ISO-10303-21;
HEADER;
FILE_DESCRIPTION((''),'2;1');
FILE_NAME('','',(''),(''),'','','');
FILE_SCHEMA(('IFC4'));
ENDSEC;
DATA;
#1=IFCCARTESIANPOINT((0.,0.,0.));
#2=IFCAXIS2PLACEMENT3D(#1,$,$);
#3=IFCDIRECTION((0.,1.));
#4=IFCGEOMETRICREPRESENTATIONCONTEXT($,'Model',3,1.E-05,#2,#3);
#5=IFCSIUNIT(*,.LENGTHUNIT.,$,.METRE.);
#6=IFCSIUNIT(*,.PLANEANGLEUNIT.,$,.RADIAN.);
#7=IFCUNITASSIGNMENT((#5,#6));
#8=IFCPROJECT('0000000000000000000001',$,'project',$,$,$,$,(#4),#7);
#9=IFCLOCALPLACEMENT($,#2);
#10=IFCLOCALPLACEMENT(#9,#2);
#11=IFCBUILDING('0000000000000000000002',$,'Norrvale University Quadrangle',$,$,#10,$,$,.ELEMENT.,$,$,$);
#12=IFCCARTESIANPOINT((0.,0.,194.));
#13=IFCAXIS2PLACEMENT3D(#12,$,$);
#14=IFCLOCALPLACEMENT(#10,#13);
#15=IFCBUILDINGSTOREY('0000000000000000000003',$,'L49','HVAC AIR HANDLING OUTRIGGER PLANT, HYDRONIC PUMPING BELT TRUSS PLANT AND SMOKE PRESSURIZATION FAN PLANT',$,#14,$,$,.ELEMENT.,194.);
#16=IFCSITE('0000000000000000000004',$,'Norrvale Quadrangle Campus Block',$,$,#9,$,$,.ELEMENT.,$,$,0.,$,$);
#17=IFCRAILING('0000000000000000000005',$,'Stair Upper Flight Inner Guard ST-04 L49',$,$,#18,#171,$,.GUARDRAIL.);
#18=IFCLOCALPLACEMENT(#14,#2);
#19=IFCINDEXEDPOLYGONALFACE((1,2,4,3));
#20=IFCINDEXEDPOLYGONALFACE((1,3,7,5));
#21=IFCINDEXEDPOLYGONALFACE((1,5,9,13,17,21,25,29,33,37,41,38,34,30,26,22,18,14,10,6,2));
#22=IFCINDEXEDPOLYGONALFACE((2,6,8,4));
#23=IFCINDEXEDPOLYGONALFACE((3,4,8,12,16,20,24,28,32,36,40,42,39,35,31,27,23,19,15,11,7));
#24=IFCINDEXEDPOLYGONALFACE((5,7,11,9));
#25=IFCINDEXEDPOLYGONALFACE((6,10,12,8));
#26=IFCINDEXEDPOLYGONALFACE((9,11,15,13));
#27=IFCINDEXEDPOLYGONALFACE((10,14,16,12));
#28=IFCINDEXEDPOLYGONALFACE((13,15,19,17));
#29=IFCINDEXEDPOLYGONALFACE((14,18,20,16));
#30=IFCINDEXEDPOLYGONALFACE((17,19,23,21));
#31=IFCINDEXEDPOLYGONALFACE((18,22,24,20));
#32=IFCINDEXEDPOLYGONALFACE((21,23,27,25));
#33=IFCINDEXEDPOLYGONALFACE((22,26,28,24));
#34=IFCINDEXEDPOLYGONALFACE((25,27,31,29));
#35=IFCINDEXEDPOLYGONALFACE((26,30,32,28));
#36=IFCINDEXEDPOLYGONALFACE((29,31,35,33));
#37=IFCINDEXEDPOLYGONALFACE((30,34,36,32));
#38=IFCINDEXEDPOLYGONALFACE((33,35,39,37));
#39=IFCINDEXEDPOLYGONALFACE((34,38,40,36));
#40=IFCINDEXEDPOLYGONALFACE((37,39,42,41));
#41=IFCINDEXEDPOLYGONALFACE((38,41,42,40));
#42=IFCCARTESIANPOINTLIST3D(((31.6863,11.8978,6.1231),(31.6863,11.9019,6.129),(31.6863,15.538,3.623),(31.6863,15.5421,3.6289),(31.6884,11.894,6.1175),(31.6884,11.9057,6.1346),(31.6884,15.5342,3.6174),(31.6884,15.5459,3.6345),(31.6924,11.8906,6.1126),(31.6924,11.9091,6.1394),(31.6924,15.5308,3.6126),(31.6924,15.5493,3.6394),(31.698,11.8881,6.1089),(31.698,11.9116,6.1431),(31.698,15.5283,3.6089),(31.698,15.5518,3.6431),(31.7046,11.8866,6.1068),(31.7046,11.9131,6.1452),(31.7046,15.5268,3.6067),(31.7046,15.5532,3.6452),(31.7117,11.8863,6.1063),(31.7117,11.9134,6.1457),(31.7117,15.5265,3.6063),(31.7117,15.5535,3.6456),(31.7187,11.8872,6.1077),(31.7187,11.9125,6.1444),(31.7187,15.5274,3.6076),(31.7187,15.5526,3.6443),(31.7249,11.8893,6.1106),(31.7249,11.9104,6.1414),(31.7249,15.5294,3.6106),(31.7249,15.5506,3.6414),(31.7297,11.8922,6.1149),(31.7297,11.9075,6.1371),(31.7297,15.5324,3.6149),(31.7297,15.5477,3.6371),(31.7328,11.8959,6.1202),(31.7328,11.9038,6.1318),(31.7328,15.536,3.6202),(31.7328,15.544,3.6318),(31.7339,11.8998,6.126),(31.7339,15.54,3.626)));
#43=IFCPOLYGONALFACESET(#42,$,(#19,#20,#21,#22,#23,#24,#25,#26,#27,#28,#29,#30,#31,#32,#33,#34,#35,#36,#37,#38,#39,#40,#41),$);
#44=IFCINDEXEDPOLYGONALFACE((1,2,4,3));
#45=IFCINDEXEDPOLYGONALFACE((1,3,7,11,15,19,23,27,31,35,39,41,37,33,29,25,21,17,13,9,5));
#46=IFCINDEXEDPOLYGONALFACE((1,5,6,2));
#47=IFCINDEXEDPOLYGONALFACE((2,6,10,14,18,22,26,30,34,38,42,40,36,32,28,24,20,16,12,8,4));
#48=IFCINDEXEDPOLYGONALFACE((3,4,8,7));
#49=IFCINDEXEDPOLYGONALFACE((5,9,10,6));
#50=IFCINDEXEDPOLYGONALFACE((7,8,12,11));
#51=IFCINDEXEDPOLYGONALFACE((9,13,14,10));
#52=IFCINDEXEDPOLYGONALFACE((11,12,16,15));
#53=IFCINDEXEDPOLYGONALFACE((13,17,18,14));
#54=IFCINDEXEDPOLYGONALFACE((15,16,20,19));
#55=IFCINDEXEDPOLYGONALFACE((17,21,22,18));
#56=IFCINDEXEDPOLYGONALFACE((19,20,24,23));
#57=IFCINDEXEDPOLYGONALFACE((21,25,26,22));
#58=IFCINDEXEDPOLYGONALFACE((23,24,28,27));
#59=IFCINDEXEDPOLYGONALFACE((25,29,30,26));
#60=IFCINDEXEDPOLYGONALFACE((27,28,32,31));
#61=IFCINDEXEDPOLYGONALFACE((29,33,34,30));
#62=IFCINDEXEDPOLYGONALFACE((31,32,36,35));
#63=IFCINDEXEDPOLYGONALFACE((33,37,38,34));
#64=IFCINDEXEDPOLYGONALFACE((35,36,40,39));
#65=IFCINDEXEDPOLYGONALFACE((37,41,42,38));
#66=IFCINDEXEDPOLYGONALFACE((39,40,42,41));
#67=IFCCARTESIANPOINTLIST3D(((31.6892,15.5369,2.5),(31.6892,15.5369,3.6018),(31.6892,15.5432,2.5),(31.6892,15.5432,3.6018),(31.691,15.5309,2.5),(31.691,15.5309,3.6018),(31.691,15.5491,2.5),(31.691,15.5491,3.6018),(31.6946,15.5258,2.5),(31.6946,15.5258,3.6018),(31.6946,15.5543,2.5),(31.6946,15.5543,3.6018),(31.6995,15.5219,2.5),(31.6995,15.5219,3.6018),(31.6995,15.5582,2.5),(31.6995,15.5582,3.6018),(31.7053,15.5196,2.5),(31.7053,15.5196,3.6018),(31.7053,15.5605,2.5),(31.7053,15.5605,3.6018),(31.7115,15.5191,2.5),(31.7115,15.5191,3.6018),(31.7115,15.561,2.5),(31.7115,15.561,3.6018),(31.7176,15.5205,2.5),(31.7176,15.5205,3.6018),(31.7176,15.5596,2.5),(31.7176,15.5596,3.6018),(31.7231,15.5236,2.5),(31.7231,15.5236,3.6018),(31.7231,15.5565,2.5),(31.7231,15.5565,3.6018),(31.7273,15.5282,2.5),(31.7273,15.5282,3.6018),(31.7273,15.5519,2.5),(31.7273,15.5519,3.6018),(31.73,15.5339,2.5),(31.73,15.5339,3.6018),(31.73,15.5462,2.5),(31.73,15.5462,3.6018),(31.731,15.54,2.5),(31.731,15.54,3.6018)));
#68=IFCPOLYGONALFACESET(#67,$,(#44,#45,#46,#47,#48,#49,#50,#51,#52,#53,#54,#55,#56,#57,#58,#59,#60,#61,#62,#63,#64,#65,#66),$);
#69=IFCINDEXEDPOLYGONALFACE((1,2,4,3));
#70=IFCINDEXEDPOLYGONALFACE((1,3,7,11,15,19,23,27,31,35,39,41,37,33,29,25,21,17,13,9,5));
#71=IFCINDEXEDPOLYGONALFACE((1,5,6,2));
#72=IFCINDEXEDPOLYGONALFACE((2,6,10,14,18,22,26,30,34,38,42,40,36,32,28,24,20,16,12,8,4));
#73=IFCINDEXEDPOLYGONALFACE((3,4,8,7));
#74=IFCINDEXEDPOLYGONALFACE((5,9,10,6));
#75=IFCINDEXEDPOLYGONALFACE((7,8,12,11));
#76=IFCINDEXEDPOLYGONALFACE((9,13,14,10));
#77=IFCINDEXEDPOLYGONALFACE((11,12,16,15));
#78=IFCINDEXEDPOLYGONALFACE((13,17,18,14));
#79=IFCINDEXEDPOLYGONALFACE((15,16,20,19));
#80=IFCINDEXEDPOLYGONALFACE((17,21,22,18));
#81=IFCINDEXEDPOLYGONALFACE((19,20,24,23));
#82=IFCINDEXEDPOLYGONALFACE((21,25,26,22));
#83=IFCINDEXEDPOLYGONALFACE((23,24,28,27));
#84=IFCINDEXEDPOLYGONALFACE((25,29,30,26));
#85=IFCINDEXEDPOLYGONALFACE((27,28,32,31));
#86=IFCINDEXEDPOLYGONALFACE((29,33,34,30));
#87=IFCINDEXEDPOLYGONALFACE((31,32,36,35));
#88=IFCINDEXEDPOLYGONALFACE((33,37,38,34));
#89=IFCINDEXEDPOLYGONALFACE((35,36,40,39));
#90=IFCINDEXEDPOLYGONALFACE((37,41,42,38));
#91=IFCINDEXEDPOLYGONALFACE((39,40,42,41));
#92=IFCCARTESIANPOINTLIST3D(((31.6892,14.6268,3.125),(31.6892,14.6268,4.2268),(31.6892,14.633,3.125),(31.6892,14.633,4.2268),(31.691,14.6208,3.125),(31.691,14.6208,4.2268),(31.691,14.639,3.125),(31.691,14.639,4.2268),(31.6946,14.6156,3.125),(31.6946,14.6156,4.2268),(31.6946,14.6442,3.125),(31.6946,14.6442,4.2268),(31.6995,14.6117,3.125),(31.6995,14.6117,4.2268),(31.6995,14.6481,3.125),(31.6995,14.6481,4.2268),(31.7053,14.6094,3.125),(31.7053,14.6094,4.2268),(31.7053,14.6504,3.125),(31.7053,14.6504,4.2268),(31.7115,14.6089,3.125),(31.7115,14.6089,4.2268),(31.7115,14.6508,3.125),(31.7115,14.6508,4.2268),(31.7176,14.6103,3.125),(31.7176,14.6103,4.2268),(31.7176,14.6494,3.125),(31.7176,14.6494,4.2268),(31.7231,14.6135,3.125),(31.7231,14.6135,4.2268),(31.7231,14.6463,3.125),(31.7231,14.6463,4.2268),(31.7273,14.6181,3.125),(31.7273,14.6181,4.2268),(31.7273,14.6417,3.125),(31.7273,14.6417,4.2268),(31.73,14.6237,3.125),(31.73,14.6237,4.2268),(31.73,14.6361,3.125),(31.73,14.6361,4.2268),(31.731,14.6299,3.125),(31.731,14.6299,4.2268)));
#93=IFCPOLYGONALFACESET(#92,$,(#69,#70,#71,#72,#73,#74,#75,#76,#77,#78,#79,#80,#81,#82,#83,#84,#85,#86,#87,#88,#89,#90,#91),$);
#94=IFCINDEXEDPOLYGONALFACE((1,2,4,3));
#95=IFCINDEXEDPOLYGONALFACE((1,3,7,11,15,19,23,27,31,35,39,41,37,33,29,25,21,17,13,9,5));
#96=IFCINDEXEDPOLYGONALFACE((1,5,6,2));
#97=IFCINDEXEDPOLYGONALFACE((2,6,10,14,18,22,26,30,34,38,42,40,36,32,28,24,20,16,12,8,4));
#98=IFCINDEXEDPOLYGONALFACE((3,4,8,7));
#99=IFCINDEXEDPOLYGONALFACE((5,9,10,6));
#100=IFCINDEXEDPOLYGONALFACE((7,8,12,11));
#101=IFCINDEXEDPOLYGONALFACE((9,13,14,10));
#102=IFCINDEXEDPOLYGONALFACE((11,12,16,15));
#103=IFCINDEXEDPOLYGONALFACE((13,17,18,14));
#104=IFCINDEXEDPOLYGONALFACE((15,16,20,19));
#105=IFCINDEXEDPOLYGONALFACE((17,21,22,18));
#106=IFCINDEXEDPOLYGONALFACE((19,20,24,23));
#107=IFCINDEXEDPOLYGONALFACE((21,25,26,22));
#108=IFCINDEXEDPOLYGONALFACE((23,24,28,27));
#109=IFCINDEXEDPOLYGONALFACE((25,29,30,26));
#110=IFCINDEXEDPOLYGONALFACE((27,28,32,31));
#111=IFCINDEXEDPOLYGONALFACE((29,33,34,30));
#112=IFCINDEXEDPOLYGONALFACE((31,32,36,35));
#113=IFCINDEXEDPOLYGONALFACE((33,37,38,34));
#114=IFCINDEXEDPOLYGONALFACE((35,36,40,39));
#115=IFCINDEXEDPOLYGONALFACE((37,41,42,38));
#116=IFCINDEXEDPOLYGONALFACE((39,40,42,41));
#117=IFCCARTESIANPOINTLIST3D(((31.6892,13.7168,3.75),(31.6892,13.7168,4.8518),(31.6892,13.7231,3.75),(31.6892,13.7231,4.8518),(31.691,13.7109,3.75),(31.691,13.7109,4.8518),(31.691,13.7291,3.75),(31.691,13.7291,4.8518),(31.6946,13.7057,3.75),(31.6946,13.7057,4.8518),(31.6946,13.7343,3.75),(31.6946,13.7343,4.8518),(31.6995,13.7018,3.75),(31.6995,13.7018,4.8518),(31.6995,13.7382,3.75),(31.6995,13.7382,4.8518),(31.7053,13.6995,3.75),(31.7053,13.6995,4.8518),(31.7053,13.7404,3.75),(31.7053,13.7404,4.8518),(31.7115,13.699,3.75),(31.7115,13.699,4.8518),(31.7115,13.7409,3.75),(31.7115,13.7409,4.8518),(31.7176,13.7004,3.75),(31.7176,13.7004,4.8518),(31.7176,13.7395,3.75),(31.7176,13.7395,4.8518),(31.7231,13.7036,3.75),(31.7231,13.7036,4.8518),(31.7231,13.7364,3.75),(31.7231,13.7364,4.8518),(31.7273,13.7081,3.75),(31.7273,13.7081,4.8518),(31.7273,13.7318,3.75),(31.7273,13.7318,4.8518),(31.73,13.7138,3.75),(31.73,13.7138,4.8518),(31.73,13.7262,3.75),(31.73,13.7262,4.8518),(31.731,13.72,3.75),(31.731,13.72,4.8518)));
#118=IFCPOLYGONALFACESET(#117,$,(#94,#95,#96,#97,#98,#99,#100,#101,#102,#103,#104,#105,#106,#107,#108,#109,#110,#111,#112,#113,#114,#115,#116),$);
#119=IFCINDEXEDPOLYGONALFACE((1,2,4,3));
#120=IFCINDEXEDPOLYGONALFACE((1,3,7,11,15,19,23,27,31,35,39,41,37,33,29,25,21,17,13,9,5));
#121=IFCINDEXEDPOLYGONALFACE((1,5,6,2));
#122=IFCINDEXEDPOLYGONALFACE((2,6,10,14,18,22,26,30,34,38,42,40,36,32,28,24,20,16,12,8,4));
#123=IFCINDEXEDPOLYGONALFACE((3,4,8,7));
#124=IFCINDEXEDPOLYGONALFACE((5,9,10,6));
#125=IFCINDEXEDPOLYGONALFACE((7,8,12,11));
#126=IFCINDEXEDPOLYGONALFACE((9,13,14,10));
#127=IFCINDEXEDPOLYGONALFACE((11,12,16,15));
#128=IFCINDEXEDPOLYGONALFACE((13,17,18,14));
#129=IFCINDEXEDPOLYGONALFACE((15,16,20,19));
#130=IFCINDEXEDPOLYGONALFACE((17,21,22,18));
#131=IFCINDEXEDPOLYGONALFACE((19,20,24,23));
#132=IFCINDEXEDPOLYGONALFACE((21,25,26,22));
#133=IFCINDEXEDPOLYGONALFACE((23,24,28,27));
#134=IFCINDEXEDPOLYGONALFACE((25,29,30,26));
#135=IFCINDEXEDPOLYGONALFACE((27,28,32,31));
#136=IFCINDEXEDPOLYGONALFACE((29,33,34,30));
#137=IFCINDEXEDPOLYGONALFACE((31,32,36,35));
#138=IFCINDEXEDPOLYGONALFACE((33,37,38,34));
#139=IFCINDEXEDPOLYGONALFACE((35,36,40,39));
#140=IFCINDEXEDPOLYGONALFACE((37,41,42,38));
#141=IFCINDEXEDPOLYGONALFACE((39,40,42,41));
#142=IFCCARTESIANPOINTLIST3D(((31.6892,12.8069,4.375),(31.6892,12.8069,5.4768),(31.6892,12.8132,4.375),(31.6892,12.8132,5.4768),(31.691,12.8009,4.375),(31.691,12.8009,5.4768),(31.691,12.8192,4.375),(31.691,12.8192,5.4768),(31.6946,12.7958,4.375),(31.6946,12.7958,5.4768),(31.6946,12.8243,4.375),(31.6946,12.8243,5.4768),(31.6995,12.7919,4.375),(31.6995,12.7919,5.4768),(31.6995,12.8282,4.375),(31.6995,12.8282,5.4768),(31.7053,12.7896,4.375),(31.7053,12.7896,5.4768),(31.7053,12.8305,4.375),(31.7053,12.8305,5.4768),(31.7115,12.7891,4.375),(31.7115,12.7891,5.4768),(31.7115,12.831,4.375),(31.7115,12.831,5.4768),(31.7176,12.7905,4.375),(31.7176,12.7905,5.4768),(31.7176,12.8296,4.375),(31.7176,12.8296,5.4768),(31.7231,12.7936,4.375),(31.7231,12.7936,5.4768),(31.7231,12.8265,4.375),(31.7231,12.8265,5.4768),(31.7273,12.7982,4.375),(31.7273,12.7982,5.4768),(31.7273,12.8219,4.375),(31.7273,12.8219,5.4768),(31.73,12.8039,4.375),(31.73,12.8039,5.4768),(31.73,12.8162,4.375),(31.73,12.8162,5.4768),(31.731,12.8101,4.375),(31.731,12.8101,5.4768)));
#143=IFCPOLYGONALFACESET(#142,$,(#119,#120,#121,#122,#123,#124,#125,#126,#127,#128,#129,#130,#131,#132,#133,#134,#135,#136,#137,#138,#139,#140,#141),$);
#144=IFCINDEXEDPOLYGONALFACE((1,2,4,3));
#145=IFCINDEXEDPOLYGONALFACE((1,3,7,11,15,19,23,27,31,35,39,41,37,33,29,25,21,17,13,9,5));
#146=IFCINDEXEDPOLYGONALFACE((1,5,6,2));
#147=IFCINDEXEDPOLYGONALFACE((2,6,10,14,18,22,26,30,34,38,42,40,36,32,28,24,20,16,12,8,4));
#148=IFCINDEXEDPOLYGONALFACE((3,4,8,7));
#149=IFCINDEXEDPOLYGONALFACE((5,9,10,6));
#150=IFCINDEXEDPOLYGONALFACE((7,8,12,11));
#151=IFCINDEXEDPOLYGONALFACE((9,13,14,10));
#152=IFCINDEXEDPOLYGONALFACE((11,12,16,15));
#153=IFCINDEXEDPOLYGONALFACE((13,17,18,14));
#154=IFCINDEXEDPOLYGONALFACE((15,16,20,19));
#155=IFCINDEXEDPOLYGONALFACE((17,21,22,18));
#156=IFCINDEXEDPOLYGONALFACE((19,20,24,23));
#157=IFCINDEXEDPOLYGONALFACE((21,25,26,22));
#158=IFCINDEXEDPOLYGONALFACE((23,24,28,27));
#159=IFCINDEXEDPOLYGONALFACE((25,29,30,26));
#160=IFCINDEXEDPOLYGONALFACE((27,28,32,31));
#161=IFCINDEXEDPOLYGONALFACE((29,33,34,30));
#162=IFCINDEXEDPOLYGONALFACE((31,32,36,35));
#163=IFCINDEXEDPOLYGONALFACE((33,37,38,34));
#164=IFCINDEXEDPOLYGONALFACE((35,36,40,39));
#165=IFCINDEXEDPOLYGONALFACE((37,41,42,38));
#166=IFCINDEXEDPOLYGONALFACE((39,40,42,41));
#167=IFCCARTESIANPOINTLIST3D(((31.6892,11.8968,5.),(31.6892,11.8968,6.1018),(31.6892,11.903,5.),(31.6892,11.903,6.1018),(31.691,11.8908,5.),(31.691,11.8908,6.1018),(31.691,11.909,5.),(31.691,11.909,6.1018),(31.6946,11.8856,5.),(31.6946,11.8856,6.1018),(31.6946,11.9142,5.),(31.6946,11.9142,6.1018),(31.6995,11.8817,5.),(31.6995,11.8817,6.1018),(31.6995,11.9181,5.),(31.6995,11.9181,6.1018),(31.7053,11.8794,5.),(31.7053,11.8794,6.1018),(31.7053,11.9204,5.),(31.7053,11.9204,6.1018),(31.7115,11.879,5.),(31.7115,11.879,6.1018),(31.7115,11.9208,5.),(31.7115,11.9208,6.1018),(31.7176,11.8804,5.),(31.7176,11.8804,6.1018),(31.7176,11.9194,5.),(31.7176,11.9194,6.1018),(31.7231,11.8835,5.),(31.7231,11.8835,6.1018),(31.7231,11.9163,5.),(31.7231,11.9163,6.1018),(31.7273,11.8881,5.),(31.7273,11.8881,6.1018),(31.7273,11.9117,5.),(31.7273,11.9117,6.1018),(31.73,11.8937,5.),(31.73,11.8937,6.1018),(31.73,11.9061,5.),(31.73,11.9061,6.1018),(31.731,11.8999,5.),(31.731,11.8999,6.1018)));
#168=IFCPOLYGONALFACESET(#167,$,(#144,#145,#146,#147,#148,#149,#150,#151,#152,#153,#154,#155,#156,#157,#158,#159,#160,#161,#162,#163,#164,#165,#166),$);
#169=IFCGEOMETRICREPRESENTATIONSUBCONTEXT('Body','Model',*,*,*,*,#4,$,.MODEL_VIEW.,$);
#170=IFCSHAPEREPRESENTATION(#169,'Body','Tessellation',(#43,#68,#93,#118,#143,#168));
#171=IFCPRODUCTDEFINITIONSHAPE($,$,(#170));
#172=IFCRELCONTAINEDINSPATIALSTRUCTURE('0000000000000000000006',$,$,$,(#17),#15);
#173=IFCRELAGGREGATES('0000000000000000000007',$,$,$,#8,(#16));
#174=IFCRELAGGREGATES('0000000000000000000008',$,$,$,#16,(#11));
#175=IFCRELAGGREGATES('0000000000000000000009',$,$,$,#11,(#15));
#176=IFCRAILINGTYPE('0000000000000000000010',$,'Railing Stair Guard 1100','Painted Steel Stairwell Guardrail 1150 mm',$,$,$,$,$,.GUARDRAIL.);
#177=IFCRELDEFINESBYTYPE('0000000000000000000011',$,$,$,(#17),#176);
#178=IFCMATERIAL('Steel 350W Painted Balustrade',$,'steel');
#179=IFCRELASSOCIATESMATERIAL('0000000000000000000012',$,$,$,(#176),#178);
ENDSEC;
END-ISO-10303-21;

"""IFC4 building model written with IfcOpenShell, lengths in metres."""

from ifc_helpers import new_model, si_unit, direction, frame, origin, origin_2d, place, context, subcontext, project, spatial, circle, extrude, material, type_object, element, save


model = new_model("IFC4")

# Units and contexts
model_context = context("Model", 3, precision=1e-05, world=origin(), true_north=direction((0.0, 1.0)))
body_context = subcontext(model_context, "Body", "Model", "MODEL_VIEW")
ifc_project = project(units=[si_unit("LENGTHUNIT", "METRE"), si_unit("PLANEANGLEUNIT", "RADIAN")], contexts=[model_context])

# Site, building, storey
site_placement = place(None, origin())
site = spatial("IfcSite", under=ifc_project, at=site_placement, Name="Norrvale Quadrangle Campus Block", CompositionType="ELEMENT", RefElevation=0.0)
building_placement = place(site_placement, origin())
building = spatial("IfcBuilding", under=site, at=building_placement, Name="Norrvale University Quadrangle", CompositionType="ELEMENT")
storey_placement = place(building_placement, frame((0.0, 0.0, 194.0)))
storey = spatial("IfcBuildingStorey", under=building, at=storey_placement, Name="L49", Description="HVAC AIR HANDLING OUTRIGGER PLANT, HYDRONIC PUMPING BELT TRUSS PLANT AND SMOKE PRESSURIZATION FAN PLANT", CompositionType="ELEMENT", Elevation=194.0)

# Railing
ifc_material_1 = material(Name="Steel 350W Painted Balustrade", Category="steel")
railing_type_1 = type_object("IfcRailingType", Name="Railing Stair Guard 1100", Description="Painted Steel Stairwell Guardrail 1150 mm", PredefinedType="GUARDRAIL", material=ifc_material_1)
railing_1_placement = place(storey_placement, frame((31.71, 15.54, 2.5)))
element("IfcRailing", 1, at=railing_1_placement, inside=storey, type_object=railing_type_1, Name="Stair Upper Flight Inner Guard ST-04 L49", PredefinedType="GUARDRAIL", context=body_context, shape_type="SweptSolid", body=[
    extrude(circle(Radius=0.0239, at=origin_2d()), frame((0.0, 0.0, 1.126), z_axis=(0.0, -0.824316, 0.56613), x_axis=(1.0, 0.0, 0.0)), (0.0, 0.0, 1.0), 4.416),
    extrude(circle(Radius=0.021, at=origin_2d()), origin(), (0.0, 0.0, 1.0), 1.1018),
    extrude(circle(Radius=0.021, at=origin_2d()), frame((0.0, -0.9102, 0.625)), (0.0, 0.0, 1.0), 1.1018),
    extrude(circle(Radius=0.021, at=origin_2d()), frame((0.0, -1.8201, 1.25)), (0.0, 0.0, 1.0), 1.1018),
    extrude(circle(Radius=0.021, at=origin_2d()), frame((0.0, -2.73, 1.875)), (0.0, 0.0, 1.0), 1.1018),
    extrude(circle(Radius=0.021, at=origin_2d()), frame((0.0, -3.6401, 2.5)), (0.0, 0.0, 1.0), 1.1018),
])

save(model, "model.ifc")
